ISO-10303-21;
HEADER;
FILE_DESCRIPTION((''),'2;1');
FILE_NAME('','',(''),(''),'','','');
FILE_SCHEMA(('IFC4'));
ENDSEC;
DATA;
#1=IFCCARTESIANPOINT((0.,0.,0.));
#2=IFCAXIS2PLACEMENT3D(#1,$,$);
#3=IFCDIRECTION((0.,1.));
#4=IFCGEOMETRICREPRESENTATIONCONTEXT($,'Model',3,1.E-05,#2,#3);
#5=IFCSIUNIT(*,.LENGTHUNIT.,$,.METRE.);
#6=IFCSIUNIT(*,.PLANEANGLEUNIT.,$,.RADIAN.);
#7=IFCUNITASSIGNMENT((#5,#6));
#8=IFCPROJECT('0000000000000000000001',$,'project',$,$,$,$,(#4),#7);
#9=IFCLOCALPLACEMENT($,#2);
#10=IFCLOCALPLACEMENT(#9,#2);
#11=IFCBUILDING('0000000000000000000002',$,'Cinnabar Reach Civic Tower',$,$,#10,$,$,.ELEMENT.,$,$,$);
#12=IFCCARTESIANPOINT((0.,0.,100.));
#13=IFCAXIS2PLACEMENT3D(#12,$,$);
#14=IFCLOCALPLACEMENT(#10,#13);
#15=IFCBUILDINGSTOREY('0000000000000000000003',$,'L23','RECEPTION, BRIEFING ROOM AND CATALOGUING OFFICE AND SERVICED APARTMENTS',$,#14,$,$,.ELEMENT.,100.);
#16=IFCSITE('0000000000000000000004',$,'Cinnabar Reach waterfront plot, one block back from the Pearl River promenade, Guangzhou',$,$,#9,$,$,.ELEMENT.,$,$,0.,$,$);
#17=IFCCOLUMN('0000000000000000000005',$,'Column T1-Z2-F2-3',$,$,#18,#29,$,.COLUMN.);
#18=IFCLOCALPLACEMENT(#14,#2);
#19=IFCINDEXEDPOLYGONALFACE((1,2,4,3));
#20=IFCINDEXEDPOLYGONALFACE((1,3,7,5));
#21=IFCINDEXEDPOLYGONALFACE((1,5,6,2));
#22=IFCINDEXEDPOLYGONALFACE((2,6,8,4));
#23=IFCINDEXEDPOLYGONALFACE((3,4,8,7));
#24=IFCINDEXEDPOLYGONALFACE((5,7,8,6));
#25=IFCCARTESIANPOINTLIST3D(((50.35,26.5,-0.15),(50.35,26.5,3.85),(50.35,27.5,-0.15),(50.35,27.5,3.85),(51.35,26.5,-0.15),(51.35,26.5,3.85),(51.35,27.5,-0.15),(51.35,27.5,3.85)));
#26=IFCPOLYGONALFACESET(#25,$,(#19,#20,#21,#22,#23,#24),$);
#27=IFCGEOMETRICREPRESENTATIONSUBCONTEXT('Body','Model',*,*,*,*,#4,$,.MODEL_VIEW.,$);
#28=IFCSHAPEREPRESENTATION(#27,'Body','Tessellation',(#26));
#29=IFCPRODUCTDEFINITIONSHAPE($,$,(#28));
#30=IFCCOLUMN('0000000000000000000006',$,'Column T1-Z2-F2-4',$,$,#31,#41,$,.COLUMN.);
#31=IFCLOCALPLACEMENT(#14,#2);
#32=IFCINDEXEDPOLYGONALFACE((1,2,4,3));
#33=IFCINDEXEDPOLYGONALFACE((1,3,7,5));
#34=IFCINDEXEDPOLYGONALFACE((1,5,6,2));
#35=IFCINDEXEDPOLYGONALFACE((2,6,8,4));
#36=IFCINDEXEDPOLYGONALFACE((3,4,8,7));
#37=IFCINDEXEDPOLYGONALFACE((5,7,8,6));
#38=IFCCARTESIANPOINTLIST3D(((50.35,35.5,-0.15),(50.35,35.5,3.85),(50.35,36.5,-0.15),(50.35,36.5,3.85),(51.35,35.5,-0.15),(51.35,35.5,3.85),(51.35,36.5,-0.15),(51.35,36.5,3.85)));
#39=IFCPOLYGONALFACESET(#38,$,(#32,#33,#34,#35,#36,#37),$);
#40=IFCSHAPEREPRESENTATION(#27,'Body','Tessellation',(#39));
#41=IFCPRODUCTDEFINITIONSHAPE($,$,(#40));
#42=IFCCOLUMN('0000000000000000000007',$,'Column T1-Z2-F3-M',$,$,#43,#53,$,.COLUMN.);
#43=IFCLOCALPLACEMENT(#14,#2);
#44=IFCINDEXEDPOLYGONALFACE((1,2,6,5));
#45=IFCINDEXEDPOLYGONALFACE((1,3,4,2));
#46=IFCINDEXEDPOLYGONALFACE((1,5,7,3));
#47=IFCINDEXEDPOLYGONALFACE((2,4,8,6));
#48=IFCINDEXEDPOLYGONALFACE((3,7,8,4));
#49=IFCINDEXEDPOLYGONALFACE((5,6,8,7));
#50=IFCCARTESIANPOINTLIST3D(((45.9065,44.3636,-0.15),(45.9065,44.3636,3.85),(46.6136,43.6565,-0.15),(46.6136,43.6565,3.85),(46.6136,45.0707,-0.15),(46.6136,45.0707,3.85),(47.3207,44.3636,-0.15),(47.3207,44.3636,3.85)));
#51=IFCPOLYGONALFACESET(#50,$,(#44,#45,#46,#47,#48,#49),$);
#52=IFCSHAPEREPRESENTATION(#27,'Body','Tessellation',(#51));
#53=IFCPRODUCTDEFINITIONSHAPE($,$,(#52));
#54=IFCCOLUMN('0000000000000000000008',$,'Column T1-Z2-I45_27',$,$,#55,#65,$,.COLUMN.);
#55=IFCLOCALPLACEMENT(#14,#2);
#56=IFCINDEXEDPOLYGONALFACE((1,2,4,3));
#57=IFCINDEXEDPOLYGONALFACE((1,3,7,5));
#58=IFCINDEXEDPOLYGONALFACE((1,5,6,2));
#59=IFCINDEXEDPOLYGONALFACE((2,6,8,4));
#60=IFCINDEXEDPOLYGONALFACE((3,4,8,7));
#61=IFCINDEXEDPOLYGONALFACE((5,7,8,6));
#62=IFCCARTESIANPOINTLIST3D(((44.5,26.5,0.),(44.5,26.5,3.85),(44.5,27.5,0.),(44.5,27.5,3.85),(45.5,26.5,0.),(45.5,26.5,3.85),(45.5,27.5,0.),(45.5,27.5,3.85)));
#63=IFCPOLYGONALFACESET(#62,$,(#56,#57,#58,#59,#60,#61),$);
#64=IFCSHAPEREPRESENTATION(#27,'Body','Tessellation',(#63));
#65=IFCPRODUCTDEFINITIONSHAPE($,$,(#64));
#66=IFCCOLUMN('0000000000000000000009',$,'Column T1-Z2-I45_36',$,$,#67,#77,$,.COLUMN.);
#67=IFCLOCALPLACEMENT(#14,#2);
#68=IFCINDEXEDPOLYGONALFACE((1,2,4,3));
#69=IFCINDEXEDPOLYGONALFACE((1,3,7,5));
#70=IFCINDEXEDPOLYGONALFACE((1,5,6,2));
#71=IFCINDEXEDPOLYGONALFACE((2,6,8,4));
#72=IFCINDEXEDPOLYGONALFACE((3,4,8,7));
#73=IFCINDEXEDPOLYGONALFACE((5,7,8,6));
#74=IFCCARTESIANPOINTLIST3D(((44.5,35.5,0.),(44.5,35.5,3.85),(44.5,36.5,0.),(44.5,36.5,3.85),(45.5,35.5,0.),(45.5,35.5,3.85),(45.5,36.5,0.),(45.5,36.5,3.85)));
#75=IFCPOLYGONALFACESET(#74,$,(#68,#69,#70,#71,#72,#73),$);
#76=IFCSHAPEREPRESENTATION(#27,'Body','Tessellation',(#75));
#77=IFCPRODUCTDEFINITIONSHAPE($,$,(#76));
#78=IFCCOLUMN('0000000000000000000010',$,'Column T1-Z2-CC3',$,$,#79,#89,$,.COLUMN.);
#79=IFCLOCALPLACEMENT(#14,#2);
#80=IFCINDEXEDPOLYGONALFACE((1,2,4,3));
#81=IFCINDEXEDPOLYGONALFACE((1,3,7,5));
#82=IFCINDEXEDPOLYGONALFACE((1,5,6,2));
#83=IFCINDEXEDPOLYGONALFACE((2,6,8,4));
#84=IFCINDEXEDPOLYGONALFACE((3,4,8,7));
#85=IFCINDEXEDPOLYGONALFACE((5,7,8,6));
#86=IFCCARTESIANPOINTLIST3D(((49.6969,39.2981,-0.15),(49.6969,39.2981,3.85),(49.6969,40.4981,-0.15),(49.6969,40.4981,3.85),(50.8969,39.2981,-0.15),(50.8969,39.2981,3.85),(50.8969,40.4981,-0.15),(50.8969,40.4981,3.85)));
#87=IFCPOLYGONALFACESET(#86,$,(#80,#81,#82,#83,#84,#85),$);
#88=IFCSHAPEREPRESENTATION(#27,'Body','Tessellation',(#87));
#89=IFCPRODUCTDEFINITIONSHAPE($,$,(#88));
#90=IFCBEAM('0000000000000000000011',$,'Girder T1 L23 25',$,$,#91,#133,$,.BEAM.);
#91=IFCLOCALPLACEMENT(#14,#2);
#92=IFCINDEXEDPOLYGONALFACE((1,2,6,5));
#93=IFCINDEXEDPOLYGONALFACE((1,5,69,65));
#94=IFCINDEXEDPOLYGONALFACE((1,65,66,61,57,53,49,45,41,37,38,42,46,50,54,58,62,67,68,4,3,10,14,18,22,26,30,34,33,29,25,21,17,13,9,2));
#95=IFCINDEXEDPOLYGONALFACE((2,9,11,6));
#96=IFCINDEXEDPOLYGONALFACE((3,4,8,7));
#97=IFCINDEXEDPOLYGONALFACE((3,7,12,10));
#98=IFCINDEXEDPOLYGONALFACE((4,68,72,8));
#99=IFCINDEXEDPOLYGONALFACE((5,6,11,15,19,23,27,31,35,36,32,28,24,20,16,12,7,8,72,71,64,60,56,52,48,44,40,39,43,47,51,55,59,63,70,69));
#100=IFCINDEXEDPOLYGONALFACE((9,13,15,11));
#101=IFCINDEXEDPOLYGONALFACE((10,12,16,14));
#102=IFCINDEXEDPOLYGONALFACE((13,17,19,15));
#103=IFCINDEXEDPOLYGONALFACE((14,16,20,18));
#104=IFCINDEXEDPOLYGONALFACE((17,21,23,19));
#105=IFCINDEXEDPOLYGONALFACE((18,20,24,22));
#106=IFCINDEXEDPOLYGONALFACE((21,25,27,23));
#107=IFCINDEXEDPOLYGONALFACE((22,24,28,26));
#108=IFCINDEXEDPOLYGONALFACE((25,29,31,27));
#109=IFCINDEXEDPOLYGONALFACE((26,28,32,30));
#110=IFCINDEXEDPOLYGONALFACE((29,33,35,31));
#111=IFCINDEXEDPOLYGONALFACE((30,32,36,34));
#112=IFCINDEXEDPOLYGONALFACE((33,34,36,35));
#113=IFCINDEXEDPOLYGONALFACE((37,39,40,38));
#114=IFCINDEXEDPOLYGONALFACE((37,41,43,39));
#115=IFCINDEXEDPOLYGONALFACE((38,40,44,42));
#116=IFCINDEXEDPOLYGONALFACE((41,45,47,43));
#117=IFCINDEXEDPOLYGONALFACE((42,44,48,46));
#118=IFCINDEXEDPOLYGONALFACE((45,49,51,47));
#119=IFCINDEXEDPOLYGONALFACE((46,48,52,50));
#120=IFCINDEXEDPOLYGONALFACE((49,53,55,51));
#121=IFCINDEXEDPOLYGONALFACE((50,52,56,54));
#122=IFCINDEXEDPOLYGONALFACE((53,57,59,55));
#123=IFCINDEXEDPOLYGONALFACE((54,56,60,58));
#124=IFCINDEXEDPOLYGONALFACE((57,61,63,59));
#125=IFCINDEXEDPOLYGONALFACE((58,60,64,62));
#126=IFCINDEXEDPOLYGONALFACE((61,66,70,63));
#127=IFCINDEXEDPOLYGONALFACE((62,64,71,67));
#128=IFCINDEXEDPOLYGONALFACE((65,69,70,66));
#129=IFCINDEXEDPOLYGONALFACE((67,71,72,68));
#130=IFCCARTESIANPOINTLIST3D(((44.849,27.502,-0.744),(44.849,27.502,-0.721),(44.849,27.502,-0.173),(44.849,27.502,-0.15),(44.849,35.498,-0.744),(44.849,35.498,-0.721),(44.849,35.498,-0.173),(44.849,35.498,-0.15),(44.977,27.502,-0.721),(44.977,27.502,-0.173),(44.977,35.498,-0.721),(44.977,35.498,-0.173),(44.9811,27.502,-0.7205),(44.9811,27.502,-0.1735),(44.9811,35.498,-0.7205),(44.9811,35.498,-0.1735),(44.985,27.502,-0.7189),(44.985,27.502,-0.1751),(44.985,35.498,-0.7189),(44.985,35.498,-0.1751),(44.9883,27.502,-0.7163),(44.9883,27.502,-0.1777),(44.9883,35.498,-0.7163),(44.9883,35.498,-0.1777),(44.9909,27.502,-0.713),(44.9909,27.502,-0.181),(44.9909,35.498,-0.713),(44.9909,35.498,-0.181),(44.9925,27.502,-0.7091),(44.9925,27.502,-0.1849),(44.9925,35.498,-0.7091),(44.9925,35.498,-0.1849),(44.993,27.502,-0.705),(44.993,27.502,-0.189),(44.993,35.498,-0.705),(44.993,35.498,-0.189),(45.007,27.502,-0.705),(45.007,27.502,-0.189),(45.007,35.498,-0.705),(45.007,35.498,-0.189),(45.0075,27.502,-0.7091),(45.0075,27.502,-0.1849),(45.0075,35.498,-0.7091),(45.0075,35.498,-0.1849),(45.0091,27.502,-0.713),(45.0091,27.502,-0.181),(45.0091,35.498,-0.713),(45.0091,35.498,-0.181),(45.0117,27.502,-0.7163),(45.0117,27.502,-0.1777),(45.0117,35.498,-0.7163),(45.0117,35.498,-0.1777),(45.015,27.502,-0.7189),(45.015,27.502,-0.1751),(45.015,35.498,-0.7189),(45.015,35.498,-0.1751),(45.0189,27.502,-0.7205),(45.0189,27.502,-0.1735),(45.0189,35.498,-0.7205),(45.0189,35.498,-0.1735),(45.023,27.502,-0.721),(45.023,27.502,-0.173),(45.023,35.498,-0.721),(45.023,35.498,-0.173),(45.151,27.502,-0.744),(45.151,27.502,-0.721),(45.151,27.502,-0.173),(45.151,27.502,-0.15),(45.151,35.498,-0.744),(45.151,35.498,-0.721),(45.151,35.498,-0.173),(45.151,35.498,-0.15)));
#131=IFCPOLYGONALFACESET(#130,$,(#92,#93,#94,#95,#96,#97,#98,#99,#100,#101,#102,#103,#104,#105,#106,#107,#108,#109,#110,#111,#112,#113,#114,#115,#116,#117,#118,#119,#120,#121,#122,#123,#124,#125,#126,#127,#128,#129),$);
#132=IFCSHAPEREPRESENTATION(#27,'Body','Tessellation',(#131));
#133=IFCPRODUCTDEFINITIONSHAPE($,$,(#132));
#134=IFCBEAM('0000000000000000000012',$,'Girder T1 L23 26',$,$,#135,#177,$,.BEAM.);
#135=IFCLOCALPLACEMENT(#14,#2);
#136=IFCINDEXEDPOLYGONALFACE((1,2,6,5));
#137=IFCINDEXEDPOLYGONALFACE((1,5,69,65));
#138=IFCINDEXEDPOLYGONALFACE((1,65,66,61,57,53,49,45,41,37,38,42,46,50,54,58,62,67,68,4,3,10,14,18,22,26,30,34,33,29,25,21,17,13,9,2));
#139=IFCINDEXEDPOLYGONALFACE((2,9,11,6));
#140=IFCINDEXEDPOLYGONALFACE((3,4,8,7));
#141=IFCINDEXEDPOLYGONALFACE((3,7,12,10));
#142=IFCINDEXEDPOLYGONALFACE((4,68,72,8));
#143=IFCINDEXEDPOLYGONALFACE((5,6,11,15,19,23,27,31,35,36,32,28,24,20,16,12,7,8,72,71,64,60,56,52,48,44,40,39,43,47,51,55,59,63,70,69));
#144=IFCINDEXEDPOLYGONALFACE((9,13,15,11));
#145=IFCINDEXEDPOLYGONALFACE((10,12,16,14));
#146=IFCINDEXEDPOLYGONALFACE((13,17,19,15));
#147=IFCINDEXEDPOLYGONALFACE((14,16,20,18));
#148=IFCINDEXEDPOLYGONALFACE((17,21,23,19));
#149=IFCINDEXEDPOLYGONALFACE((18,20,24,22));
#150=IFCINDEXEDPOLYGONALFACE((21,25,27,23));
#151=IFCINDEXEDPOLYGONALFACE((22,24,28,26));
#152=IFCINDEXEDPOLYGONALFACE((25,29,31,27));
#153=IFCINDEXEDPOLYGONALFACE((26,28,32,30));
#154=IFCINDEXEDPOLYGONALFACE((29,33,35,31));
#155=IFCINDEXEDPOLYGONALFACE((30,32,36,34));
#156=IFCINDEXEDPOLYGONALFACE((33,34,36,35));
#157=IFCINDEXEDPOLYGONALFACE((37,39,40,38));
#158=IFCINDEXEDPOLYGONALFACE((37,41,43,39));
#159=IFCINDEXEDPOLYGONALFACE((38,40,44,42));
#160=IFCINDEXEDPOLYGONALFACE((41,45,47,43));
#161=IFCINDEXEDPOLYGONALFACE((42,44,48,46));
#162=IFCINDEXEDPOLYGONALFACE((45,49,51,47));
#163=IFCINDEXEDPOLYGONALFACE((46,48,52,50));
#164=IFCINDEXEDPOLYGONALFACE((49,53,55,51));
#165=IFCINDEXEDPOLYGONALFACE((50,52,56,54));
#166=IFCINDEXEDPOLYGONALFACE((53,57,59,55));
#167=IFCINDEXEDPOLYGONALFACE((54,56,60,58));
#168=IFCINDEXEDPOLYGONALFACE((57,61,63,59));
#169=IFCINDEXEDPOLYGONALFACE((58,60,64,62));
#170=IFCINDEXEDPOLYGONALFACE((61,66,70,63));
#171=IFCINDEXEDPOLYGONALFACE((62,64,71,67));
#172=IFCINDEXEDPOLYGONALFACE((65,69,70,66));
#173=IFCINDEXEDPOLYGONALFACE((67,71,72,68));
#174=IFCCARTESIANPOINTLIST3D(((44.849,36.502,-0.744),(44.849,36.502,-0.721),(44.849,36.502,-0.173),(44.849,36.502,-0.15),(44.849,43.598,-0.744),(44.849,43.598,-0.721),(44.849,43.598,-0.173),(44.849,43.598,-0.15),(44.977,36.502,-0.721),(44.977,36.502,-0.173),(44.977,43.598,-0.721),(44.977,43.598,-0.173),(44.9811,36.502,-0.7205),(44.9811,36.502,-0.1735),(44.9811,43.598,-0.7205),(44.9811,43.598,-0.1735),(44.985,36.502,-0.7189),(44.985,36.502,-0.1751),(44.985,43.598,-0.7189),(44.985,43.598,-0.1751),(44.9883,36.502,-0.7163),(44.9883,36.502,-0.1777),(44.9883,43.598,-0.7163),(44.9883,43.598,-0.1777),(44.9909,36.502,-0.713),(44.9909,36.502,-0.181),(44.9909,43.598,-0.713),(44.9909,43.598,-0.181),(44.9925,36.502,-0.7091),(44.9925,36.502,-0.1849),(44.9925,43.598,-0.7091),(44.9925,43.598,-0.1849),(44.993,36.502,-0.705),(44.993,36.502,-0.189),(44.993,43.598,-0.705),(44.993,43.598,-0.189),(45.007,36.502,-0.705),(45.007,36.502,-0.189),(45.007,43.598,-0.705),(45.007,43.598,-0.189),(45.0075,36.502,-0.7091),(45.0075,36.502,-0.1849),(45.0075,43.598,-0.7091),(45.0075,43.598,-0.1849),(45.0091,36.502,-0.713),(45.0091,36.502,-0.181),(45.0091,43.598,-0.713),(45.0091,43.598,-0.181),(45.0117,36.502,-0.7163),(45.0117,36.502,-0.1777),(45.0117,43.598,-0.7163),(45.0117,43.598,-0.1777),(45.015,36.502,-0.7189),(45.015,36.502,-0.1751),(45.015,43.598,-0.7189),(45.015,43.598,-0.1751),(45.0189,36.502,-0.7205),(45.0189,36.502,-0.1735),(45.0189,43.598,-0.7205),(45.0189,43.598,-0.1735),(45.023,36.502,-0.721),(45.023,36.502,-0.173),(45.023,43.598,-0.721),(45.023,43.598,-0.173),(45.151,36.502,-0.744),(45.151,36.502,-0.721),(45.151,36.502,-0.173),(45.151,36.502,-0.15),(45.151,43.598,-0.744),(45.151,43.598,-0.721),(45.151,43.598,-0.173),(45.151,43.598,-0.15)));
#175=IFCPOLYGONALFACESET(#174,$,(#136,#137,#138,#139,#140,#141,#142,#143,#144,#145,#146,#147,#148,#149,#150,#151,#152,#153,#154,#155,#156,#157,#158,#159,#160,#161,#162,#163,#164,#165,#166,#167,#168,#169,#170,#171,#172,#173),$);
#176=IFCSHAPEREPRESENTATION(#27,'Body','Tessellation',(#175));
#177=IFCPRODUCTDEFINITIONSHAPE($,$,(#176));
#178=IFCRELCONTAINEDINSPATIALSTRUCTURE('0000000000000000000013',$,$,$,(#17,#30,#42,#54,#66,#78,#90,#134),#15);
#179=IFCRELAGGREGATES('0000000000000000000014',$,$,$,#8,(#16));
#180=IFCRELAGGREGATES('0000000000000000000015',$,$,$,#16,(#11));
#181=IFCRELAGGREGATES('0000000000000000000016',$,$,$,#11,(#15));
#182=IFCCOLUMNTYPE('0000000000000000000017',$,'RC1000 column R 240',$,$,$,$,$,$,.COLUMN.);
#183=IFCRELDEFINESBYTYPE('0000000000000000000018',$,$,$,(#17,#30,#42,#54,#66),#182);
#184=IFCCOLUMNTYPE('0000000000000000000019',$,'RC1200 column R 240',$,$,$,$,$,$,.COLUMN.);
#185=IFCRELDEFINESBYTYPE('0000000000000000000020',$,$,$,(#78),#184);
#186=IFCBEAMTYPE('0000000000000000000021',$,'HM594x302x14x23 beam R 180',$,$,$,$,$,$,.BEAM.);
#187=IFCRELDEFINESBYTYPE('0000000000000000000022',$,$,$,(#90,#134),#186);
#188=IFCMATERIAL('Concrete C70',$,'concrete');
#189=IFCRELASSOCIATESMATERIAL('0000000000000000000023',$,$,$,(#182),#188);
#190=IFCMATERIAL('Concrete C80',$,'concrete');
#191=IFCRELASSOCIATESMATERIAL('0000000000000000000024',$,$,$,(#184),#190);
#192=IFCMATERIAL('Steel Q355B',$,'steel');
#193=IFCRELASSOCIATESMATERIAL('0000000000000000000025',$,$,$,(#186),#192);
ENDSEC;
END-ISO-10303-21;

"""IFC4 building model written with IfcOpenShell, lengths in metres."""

from ifc_helpers import new_model, si_unit, direction, frame, origin, origin_2d, place, context, subcontext, project, spatial, rectangle, i_section, extrude, material, material_profile, profile_set, type_object, element, save


model = new_model("IFC4")

# Units and contexts
model_context = context("Model", 3, precision=1e-05, world=origin(), true_north=direction((0.0, 1.0)))
body_context = subcontext(model_context, "Body", "Model", "MODEL_VIEW")
ifc_project = project(units=[si_unit("LENGTHUNIT", "METRE"), si_unit("PLANEANGLEUNIT", "RADIAN")], contexts=[model_context])

# Site, building, storey
site_placement = place(None, origin())
site = spatial("IfcSite", under=ifc_project, at=site_placement, Name="Cinnabar Reach waterfront plot, one block back from the Pearl River promenade, Guangzhou", CompositionType="ELEMENT", RefElevation=0.0)
building_placement = place(site_placement, origin())
building = spatial("IfcBuilding", under=site, at=building_placement, Name="Cinnabar Reach Civic Tower", CompositionType="ELEMENT")
storey_placement = place(building_placement, frame((0.0, 0.0, 100.0)))
storey = spatial("IfcBuildingStorey", under=building, at=storey_placement, Name="L23", Description="RECEPTION, BRIEFING ROOM AND CATALOGUING OFFICE AND SERVICED APARTMENTS", CompositionType="ELEMENT", Elevation=100.0)

# Columns
ifc_material_1 = material(Name="Concrete C70", Category="concrete")
ifc_material_profile_1 = material_profile(ifc_material_1, rectangle(XDim=1.0, YDim=1.0, at=origin_2d()), Name="RC1000")
ifc_profile_set_1 = profile_set([ifc_material_profile_1], Name="Concrete C70")
column_type_1 = type_object("IfcColumnType", Name="RC1000 column R 240", PredefinedType="COLUMN", material=ifc_profile_set_1)
for number, where, z_axis, x_axis, name in (
    (1, (50.85, 27.0, -0.15), (0.0, 0.0, 1.0), (1.0, 0.0, 0.0), "Column T1-Z2-F2-3"),
    (2, (50.85, 36.0, -0.15), (0.0, 0.0, 1.0), (1.0, 0.0, 0.0), "Column T1-Z2-F2-4"),
    (3, (46.6136, 44.3636, -0.15), (0.0, 0.0, 1.0), (0.707107, 0.707107, 0.0), "Column T1-Z2-F3-M"),
):
    element("IfcColumn", number, at=place(storey_placement, frame(where, z_axis=z_axis, x_axis=x_axis)), inside=storey, type_object=column_type_1, Name=name, PredefinedType="COLUMN", context=body_context, shape_type="SweptSolid", body=[
        extrude(rectangle(XDim=1.0, YDim=1.0, at=origin_2d()), origin(), (0.0, 0.0, 1.0), 4.0),
    ])
for number, where, z_axis, x_axis, name in (
    (4, (45.0, 27.0, 0.0), (0.0, 0.0, 1.0), (1.0, 0.0, 0.0), "Column T1-Z2-I45_27"),
    (5, (45.0, 36.0, 0.0), (0.0, 0.0, 1.0), (1.0, 0.0, 0.0), "Column T1-Z2-I45_36"),
):
    element("IfcColumn", number, at=place(storey_placement, frame(where, z_axis=z_axis, x_axis=x_axis)), inside=storey, type_object=column_type_1, Name=name, PredefinedType="COLUMN", context=body_context, shape_type="SweptSolid", body=[
        extrude(rectangle(XDim=1.0, YDim=1.0, at=origin_2d()), origin(), (0.0, 0.0, 1.0), 3.85),
    ])
ifc_material_2 = material(Name="Concrete C80", Category="concrete")
ifc_material_profile_2 = material_profile(ifc_material_2, rectangle(XDim=1.2, YDim=1.2, at=origin_2d()), Name="RC1200")
ifc_profile_set_2 = profile_set([ifc_material_profile_2], Name="Concrete C80")
column_type_2 = type_object("IfcColumnType", Name="RC1200 column R 240", PredefinedType="COLUMN", material=ifc_profile_set_2)
column_placement = place(storey_placement, frame((50.2969, 39.8981, -0.15), z_axis=(0.0, 0.0, 1.0), x_axis=(1.0, 0.0, 0.0)))
element("IfcColumn", 6, at=column_placement, inside=storey, type_object=column_type_2, Name="Column T1-Z2-CC3", PredefinedType="COLUMN", context=body_context, shape_type="SweptSolid", body=[
    extrude(rectangle(XDim=1.2, YDim=1.2, at=origin_2d()), origin(), (0.0, 0.0, 1.0), 4.0),
])

# Beams
ifc_material_3 = material(Name="Steel Q355B", Category="steel")
ifc_material_profile_3 = material_profile(ifc_material_3, i_section(OverallWidth=0.302, OverallDepth=0.594, WebThickness=0.014, FlangeThickness=0.023, FilletRadius=0.016, at=origin_2d()), Name="HM594x302x14x23")
ifc_profile_set_3 = profile_set([ifc_material_profile_3], Name="Steel Q355B")
beam_type_1 = type_object("IfcBeamType", Name="HM594x302x14x23 beam R 180", PredefinedType="BEAM", material=ifc_profile_set_3)
beam_1_placement = place(storey_placement, frame((45.0, 27.502, -0.447), z_axis=(0.0, 1.0, 0.0), x_axis=(-1.0, 0.0, 0.0)))
element("IfcBeam", 7, at=beam_1_placement, inside=storey, type_object=beam_type_1, Name="Girder T1 L23 25", PredefinedType="BEAM", context=body_context, shape_type="SweptSolid", body=[
    extrude(i_section(OverallWidth=0.302, OverallDepth=0.594, WebThickness=0.014, FlangeThickness=0.023, FilletRadius=0.016, at=origin_2d()), origin(), (0.0, 0.0, 1.0), 7.996),
])
beam_2_placement = place(storey_placement, frame((45.0, 36.502, -0.447), z_axis=(0.0, 1.0, 0.0), x_axis=(-1.0, 0.0, 0.0)))
element("IfcBeam", 8, at=beam_2_placement, inside=storey, type_object=beam_type_1, Name="Girder T1 L23 26", PredefinedType="BEAM", context=body_context, shape_type="SweptSolid", body=[
    extrude(i_section(OverallWidth=0.302, OverallDepth=0.594, WebThickness=0.014, FlangeThickness=0.023, FilletRadius=0.016, at=origin_2d()), origin(), (0.0, 0.0, 1.0), 7.096),
])

save(model, "model.ifc")
